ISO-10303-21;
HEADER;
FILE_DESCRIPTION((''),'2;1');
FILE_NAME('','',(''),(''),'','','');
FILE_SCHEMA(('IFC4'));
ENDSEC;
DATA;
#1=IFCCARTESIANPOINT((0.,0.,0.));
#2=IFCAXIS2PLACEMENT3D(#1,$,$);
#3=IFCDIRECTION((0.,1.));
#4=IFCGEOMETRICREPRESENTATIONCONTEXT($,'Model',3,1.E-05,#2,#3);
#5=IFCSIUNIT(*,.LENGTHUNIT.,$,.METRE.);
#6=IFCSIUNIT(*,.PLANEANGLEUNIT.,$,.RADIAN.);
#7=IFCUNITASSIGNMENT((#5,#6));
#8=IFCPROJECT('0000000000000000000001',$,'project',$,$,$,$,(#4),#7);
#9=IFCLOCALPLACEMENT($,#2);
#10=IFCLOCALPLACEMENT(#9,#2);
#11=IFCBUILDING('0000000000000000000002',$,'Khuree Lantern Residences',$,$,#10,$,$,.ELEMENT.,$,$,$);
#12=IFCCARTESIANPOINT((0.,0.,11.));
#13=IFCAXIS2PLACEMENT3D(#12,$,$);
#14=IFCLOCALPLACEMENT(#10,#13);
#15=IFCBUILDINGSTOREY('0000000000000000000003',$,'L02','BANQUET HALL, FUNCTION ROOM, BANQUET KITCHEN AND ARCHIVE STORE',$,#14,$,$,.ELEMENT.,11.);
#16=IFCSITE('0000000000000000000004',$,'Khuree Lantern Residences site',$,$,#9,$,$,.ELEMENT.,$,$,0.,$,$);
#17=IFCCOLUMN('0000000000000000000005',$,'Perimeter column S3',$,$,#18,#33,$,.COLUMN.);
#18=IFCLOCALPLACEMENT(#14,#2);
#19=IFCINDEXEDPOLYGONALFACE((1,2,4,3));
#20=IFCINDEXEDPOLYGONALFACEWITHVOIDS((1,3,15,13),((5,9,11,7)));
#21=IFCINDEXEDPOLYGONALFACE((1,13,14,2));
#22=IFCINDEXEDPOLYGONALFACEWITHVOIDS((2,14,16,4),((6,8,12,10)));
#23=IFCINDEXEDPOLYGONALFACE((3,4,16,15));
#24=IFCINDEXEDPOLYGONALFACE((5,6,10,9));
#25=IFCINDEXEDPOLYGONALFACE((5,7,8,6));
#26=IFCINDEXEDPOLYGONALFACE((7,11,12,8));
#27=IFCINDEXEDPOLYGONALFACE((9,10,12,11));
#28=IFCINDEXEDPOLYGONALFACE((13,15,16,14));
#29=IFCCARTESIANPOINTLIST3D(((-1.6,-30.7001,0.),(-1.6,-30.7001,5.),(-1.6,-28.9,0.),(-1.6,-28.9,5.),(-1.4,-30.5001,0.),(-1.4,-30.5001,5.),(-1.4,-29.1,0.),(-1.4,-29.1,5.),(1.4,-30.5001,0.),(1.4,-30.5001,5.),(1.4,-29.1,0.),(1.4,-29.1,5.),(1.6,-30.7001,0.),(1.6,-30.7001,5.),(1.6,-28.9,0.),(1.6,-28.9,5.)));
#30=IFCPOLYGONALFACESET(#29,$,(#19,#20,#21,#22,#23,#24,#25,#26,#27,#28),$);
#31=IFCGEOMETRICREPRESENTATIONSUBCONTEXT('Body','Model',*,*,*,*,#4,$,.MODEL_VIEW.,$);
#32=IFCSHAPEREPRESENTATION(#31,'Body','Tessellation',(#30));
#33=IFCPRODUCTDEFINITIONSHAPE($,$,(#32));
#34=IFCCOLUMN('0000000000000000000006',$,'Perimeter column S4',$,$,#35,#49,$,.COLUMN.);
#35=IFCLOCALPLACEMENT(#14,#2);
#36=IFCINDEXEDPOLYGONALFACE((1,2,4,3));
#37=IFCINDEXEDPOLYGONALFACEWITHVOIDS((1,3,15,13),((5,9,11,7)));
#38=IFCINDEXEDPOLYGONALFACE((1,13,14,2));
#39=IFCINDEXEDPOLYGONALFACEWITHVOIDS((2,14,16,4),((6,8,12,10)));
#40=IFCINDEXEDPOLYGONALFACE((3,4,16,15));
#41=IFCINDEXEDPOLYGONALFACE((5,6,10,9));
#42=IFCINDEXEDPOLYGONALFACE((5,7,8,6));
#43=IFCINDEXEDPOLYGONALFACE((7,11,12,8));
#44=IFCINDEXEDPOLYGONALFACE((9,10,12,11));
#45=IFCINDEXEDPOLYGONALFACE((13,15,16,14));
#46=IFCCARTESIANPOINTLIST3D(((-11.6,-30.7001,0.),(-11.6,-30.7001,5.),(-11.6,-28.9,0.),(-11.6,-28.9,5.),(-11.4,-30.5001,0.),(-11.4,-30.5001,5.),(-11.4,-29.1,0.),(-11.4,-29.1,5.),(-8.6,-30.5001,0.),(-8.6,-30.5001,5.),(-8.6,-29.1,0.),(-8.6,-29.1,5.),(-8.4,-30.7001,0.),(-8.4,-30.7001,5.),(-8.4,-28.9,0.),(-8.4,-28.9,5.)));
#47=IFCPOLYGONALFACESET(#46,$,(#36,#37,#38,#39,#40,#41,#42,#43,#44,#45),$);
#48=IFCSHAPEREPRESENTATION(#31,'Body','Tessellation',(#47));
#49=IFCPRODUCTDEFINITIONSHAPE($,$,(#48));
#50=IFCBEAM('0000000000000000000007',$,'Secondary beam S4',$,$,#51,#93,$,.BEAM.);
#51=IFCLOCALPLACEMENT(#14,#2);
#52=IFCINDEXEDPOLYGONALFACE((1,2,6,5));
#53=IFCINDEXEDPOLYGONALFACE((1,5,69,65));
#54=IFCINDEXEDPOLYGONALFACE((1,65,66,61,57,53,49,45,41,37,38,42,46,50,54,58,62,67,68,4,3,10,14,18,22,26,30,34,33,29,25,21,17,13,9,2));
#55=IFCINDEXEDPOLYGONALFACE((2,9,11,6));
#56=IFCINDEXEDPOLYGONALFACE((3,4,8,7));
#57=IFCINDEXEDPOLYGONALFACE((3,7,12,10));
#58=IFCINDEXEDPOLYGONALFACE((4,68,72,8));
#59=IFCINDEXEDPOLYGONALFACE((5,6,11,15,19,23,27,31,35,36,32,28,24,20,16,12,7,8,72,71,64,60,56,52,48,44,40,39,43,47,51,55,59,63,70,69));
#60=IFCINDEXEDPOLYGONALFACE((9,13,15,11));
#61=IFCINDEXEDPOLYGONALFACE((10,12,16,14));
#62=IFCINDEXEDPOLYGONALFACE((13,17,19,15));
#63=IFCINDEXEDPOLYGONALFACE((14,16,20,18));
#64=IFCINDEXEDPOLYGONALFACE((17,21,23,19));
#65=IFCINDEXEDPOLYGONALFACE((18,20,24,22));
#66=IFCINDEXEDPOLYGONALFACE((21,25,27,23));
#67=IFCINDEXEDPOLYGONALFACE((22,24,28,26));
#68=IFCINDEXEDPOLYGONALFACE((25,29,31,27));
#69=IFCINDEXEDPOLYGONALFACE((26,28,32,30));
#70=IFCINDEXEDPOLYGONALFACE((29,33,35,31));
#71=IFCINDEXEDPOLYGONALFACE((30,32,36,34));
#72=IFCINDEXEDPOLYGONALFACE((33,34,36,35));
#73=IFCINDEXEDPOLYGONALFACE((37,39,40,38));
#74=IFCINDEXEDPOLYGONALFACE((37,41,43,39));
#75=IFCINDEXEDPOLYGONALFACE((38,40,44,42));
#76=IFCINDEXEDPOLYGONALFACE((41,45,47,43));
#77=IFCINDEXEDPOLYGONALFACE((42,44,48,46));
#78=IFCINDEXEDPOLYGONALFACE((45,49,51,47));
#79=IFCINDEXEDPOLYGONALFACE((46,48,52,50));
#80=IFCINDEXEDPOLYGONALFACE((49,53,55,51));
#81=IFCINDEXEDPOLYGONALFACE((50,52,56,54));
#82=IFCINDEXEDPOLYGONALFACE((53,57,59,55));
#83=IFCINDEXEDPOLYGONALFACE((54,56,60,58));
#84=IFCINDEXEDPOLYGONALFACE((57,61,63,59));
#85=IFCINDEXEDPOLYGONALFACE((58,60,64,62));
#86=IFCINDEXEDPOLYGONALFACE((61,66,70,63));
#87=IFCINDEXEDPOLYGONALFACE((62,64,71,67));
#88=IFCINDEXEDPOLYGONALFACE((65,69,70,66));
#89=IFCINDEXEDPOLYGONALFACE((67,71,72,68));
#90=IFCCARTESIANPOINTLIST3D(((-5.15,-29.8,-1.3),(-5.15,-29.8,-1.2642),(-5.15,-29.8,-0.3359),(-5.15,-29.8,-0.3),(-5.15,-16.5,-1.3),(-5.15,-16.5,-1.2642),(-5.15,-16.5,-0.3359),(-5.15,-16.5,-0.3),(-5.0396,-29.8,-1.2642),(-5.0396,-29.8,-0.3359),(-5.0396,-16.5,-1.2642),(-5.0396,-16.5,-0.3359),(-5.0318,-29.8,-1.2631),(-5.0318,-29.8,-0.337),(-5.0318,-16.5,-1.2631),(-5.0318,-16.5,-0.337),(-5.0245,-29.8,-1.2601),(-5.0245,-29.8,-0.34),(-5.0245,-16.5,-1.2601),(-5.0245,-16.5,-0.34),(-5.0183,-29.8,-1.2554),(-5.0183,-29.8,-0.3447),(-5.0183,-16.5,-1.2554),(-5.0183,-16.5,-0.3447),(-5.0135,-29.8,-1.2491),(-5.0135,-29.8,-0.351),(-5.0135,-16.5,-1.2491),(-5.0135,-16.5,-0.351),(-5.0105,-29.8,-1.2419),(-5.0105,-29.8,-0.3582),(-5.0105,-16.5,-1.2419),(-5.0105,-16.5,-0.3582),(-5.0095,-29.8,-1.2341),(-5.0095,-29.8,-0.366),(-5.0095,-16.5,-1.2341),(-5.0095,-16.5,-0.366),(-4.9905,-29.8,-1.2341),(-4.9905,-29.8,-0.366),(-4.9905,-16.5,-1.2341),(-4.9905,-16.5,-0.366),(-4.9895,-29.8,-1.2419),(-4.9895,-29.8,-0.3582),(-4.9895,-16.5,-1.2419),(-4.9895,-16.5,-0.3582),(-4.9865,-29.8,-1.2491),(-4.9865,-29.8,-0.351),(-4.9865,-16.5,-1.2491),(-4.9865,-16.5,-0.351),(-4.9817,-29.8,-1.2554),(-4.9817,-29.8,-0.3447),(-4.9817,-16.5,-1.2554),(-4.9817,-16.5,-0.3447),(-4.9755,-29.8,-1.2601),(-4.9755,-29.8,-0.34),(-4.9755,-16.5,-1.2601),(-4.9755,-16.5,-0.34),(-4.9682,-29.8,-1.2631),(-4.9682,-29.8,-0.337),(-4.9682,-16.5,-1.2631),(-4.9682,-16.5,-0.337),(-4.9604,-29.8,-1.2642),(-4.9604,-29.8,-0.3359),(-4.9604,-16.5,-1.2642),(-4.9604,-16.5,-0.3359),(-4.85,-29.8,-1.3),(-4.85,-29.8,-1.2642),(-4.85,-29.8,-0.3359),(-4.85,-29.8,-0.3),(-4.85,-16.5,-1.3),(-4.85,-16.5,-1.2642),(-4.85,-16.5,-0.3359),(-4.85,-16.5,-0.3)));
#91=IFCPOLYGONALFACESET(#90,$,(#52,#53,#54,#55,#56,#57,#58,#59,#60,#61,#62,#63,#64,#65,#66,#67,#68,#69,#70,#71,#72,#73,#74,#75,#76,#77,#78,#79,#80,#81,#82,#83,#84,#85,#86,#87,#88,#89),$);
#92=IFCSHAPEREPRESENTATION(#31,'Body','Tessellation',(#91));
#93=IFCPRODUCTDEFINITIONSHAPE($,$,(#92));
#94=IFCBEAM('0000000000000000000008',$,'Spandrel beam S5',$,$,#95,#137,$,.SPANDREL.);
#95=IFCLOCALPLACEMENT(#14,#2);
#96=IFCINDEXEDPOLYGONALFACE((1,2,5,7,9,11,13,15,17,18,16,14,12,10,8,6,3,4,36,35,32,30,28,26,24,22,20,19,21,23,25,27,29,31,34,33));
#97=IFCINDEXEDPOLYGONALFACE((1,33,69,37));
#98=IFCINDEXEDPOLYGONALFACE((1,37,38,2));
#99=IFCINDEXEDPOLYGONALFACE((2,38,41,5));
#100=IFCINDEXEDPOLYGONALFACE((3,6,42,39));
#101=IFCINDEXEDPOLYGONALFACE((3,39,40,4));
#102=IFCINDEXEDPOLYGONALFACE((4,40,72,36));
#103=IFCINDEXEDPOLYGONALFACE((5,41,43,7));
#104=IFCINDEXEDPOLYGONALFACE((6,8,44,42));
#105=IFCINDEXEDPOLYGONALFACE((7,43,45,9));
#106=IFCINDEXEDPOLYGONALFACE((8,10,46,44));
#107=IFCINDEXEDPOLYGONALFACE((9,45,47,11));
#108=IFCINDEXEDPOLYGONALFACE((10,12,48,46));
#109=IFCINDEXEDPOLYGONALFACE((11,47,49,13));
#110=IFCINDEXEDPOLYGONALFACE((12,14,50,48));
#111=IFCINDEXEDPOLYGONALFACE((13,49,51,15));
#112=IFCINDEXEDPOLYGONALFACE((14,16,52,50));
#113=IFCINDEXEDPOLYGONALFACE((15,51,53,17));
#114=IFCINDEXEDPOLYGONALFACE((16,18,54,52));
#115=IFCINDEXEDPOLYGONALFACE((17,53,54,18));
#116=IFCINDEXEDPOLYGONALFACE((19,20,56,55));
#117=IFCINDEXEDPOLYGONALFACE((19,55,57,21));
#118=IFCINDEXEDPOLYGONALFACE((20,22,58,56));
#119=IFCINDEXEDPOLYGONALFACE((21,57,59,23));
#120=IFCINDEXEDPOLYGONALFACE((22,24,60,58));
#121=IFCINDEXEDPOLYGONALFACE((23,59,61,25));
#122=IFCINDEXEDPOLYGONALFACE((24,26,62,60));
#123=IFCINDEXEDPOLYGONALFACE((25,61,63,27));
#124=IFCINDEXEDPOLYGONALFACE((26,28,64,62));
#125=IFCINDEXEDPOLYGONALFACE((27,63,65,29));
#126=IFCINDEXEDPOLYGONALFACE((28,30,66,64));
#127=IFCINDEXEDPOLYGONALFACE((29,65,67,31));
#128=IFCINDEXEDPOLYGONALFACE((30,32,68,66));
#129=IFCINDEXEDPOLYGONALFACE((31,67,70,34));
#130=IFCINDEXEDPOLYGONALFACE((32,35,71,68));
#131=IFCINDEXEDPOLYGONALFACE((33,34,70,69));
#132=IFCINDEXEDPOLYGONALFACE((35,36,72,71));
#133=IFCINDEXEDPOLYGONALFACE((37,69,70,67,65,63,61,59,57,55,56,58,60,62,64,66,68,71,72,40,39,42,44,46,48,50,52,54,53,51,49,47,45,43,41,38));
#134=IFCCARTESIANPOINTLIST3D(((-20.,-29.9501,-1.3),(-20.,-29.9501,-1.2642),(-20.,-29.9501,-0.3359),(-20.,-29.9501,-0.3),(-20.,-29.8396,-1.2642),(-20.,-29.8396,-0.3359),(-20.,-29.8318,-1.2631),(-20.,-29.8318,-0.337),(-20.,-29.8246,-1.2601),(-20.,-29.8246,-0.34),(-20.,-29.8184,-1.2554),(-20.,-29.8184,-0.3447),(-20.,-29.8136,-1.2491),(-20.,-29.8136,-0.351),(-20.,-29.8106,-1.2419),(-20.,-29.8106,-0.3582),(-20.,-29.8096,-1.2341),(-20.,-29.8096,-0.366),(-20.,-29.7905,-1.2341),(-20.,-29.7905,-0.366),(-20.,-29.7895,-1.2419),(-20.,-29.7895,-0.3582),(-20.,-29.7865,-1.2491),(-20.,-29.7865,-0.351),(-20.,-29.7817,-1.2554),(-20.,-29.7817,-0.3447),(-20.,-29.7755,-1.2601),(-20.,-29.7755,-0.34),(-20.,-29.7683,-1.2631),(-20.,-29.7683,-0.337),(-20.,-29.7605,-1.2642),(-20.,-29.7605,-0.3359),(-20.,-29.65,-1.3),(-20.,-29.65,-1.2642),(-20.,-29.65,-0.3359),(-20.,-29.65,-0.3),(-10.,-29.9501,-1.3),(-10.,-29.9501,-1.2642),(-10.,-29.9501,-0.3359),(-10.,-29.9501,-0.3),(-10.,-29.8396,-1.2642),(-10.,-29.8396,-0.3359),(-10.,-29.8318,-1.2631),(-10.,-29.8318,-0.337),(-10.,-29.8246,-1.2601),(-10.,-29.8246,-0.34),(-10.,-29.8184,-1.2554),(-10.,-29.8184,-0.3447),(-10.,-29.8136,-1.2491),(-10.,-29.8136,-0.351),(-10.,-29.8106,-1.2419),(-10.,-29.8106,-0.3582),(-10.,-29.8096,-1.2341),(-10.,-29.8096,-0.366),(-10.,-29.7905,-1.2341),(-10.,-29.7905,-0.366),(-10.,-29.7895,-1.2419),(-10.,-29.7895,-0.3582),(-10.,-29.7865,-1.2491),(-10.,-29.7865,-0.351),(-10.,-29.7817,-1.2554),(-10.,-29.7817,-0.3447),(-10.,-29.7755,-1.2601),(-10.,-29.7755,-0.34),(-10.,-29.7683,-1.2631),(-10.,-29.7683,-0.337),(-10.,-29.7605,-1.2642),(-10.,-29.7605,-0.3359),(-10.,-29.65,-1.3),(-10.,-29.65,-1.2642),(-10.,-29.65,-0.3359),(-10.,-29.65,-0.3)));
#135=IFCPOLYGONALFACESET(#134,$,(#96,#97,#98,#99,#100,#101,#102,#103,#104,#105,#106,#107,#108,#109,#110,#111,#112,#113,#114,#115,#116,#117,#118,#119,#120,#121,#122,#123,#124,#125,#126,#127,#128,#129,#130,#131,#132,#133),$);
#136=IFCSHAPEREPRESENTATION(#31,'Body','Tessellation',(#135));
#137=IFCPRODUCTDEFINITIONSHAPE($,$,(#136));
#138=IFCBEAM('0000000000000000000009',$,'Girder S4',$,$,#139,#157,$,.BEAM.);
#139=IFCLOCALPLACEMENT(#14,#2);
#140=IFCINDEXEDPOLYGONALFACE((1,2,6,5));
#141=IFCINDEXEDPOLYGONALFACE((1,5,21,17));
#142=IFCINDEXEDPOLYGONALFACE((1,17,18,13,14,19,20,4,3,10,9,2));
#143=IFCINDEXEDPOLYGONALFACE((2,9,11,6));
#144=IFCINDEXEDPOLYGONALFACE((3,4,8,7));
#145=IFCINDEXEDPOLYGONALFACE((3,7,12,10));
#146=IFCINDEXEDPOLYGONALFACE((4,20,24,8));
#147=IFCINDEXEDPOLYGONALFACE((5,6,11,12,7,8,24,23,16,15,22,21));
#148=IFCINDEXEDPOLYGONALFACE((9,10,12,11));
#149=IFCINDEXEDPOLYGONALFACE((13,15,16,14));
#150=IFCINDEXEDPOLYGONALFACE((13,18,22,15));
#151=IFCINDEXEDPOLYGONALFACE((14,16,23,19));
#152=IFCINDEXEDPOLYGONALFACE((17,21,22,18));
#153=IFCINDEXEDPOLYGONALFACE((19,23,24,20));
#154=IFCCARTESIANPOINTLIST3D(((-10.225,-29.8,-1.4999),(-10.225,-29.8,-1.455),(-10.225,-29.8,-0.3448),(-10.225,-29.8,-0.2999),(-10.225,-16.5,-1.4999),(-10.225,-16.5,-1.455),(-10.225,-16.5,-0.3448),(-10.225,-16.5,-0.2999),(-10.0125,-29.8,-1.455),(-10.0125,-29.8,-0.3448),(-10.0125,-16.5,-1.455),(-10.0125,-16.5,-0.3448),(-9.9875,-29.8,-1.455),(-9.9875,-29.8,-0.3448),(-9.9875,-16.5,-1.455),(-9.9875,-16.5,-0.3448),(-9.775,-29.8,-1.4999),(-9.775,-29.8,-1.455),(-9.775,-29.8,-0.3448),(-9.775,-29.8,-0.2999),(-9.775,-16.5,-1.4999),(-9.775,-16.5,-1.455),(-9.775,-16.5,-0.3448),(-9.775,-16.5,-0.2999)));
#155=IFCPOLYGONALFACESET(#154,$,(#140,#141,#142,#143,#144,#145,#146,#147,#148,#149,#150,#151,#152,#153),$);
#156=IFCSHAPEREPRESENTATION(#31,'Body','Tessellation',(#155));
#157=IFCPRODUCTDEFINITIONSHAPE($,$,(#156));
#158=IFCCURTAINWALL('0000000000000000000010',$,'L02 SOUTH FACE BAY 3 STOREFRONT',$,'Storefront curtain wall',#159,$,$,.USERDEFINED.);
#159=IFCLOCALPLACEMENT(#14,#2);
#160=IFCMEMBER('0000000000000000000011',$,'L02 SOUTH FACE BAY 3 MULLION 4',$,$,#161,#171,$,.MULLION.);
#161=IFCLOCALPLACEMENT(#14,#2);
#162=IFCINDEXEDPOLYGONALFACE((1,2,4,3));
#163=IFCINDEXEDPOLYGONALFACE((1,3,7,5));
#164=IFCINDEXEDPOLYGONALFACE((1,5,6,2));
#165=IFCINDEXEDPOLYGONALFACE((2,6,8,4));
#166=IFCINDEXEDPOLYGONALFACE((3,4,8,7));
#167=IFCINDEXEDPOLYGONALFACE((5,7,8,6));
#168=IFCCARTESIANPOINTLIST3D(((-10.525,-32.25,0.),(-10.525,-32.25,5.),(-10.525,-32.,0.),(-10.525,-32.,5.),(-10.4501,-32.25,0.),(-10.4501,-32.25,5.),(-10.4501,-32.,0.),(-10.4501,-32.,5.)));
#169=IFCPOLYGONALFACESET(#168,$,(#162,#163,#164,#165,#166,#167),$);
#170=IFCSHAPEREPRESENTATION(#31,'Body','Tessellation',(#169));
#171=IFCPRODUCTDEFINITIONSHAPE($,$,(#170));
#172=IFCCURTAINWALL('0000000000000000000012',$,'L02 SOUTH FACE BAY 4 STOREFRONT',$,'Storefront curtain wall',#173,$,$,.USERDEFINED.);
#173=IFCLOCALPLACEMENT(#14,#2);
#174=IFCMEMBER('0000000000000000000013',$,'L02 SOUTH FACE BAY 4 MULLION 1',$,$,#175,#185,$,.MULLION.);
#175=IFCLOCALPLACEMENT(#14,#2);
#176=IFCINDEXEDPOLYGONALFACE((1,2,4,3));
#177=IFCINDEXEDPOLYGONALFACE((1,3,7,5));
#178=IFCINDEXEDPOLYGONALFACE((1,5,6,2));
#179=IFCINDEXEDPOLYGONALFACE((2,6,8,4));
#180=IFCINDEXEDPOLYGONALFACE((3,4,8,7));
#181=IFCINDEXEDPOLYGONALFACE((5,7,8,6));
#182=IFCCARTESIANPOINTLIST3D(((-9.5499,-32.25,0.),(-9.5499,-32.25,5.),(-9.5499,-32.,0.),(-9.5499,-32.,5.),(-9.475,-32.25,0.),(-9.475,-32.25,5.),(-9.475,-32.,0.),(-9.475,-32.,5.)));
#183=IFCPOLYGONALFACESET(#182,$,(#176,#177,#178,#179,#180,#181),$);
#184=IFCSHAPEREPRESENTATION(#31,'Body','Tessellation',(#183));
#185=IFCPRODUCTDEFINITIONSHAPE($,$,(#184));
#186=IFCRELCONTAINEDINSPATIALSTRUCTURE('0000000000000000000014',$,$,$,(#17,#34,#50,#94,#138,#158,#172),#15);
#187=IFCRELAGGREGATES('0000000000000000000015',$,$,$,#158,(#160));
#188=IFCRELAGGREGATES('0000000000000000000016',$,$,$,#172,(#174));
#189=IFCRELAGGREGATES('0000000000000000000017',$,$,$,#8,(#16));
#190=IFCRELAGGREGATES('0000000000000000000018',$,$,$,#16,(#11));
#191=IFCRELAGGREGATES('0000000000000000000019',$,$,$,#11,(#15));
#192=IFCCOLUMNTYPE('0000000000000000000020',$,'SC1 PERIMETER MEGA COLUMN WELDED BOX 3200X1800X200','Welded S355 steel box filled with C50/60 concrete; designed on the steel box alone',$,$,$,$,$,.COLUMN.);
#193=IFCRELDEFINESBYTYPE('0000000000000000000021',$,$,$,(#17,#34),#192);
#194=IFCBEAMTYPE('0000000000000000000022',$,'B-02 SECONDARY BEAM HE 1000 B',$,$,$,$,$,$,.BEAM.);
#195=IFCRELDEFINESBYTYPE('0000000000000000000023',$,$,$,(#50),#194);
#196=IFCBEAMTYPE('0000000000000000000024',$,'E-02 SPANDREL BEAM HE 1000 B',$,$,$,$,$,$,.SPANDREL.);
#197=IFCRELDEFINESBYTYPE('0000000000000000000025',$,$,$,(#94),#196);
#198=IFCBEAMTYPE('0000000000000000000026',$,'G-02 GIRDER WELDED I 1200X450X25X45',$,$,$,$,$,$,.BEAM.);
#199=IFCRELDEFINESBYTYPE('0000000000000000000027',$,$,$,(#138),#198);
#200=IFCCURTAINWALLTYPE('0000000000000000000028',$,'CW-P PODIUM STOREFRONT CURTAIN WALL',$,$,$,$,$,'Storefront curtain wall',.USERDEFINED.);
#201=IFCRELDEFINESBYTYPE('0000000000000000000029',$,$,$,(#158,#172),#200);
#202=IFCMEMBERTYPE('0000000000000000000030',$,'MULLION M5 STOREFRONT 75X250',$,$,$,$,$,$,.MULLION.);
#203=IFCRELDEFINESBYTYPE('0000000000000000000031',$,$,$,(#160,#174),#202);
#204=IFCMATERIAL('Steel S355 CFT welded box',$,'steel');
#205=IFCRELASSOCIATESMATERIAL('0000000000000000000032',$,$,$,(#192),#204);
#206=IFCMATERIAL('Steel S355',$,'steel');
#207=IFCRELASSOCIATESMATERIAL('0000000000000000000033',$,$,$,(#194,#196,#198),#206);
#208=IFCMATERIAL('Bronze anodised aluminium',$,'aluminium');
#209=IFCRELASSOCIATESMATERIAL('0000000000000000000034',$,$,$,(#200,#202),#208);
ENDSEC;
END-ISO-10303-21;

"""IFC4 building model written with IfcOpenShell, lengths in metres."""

from ifc_helpers import new_model, si_unit, direction, frame, origin, origin_2d, place, context, subcontext, project, spatial, rectangle, hollow_rectangle, i_section, extrude, material, material_profile, profile_set, type_object, element, aggregate, save


model = new_model("IFC4")

# Units and contexts
model_context = context("Model", 3, precision=1e-05, world=origin(), true_north=direction((0.0, 1.0)))
body_context = subcontext(model_context, "Body", "Model", "MODEL_VIEW")
ifc_project = project(units=[si_unit("LENGTHUNIT", "METRE"), si_unit("PLANEANGLEUNIT", "RADIAN")], contexts=[model_context])

# Site, building, storey
site_placement = place(None, origin())
site = spatial("IfcSite", under=ifc_project, at=site_placement, Name="Khuree Lantern Residences site", CompositionType="ELEMENT", RefElevation=0.0)
building_placement = place(site_placement, origin())
building = spatial("IfcBuilding", under=site, at=building_placement, Name="Khuree Lantern Residences", CompositionType="ELEMENT")
storey_placement = place(building_placement, frame((0.0, 0.0, 11.0)))
storey = spatial("IfcBuildingStorey", under=building, at=storey_placement, Name="L02", Description="BANQUET HALL, FUNCTION ROOM, BANQUET KITCHEN AND ARCHIVE STORE", CompositionType="ELEMENT", Elevation=11.0)

# Columns
ifc_material_1 = material(Name="Steel S355 CFT welded box", Category="steel")
ifc_material_profile_1 = material_profile(ifc_material_1, hollow_rectangle(XDim=3.2, YDim=1.8, WallThickness=0.2, at=origin_2d()), Name="WELDED BOX 3200X1800X200")
ifc_profile_set_1 = profile_set([ifc_material_profile_1], Name="Steel S355 CFT welded box")
column_type = type_object("IfcColumnType", Name="SC1 PERIMETER MEGA COLUMN WELDED BOX 3200X1800X200", Description="Welded S355 steel box filled with C50/60 concrete; designed on the steel box alone", PredefinedType="COLUMN", material=ifc_profile_set_1)
for number, where, z_axis, x_axis, name in (
    (1, (0.0, -29.8, 0.0), (0.0, 0.0, 1.0), (1.0, 0.0, 0.0), "Perimeter column S3"),
    (2, (-10.0, -29.8, 0.0), (0.0, 0.0, 1.0), (1.0, 0.0, 0.0), "Perimeter column S4"),
):
    element("IfcColumn", number, at=place(storey_placement, frame(where, z_axis=z_axis, x_axis=x_axis)), inside=storey, type_object=column_type, Name=name, PredefinedType="COLUMN", context=body_context, shape_type="SweptSolid", body=[
        extrude(hollow_rectangle(XDim=3.2, YDim=1.8, WallThickness=0.2, at=origin_2d()), origin(), (0.0, 0.0, 1.0), 5.0),
    ])

# Beams
ifc_material_2 = material(Name="Steel S355", Category="steel")
ifc_material_profile_2 = material_profile(ifc_material_2, i_section(OverallWidth=0.3, OverallDepth=1.0, WebThickness=0.019, FlangeThickness=0.0359, FilletRadius=0.03, at=origin_2d()), Name="HE 1000 B")
ifc_profile_set_2 = profile_set([ifc_material_profile_2], Name="Steel S355")
beam_type_1 = type_object("IfcBeamType", Name="B-02 SECONDARY BEAM HE 1000 B", PredefinedType="BEAM", material=ifc_profile_set_2)
beam_1_placement = place(storey_placement, frame((-5.0, -29.8, -0.8), z_axis=(0.0, 1.0, 0.0), x_axis=(-1.0, 0.0, 0.0)))
element("IfcBeam", 3, at=beam_1_placement, inside=storey, type_object=beam_type_1, Name="Secondary beam S4", PredefinedType="BEAM", context=body_context, shape_type="SweptSolid", body=[
    extrude(i_section(OverallWidth=0.3, OverallDepth=1.0, WebThickness=0.019, FlangeThickness=0.0359, FilletRadius=0.03, at=origin_2d()), origin(), (0.0, 0.0, 1.0), 13.3),
])
ifc_material_profile_3 = material_profile(ifc_material_2, i_section(OverallWidth=0.3, OverallDepth=1.0, WebThickness=0.019, FlangeThickness=0.0359, FilletRadius=0.03, at=origin_2d()), Name="HE 1000 B")
ifc_profile_set_3 = profile_set([ifc_material_profile_3], Name="Steel S355")
beam_type_2 = type_object("IfcBeamType", Name="E-02 SPANDREL BEAM HE 1000 B", PredefinedType="SPANDREL", material=ifc_profile_set_3)
beam_2_placement = place(storey_placement, frame((-10.0, -29.8, -0.8), z_axis=(-1.0, 0.0, 0.0), x_axis=(0.0, -1.0, 0.0)))
element("IfcBeam", 4, at=beam_2_placement, inside=storey, type_object=beam_type_2, Name="Spandrel beam S5", PredefinedType="SPANDREL", context=body_context, shape_type="SweptSolid", body=[
    extrude(i_section(OverallWidth=0.3, OverallDepth=1.0, WebThickness=0.019, FlangeThickness=0.0359, FilletRadius=0.03, at=origin_2d()), origin(), (0.0, 0.0, 1.0), 10.0),
])
ifc_material_profile_4 = material_profile(ifc_material_2, i_section(OverallWidth=0.45, OverallDepth=1.2, WebThickness=0.0249, FlangeThickness=0.0449, at=origin_2d()), Name="WELDED I 1200X450X25X45")
ifc_profile_set_4 = profile_set([ifc_material_profile_4], Name="Steel S355")
beam_type_3 = type_object("IfcBeamType", Name="G-02 GIRDER WELDED I 1200X450X25X45", PredefinedType="BEAM", material=ifc_profile_set_4)
beam_3_placement = place(storey_placement, frame((-10.0, -29.8, -0.8999), z_axis=(0.0, 1.0, 0.0), x_axis=(-1.0, 0.0, 0.0)))
element("IfcBeam", 5, at=beam_3_placement, inside=storey, type_object=beam_type_3, Name="Girder S4", PredefinedType="BEAM", context=body_context, shape_type="SweptSolid", body=[
    extrude(i_section(OverallWidth=0.45, OverallDepth=1.2, WebThickness=0.0249, FlangeThickness=0.0449, at=origin_2d()), origin(), (0.0, 0.0, 1.0), 13.3),
])

# Curtain wall, member
ifc_material_3 = material(Name="Bronze anodised aluminium", Category="aluminium")
curtain_wall_type = type_object("IfcCurtainWallType", Name="CW-P PODIUM STOREFRONT CURTAIN WALL", ElementType="Storefront curtain wall", PredefinedType="USERDEFINED", material=ifc_material_3)
curtain_wall_1_placement = place(storey_placement, origin())
curtain_wall_1 = element("IfcCurtainWall", 6, at=curtain_wall_1_placement, inside=storey, type_object=curtain_wall_type, Name="L02 SOUTH FACE BAY 3 STOREFRONT", ObjectType="Storefront curtain wall", PredefinedType="USERDEFINED")
ifc_material_profile_5 = material_profile(ifc_material_3, rectangle(XDim=0.075, YDim=0.25, at=origin_2d()), Name="M5 75X250")
ifc_profile_set_5 = profile_set([ifc_material_profile_5], Name="Bronze anodised aluminium")
member_type_1 = type_object("IfcMemberType", Name="MULLION M5 STOREFRONT 75X250", PredefinedType="MULLION", material=ifc_profile_set_5)
member_1_placement = place(storey_placement, frame((-10.4875, -32.125, 0.0), z_axis=(0.0, 0.0, 1.0), x_axis=(1.0, 0.0, 0.0)))
member_1 = element("IfcMember", 7, at=member_1_placement, type_object=member_type_1, Name="L02 SOUTH FACE BAY 3 MULLION 4", PredefinedType="MULLION", context=body_context, shape_type="SweptSolid", body=[
    extrude(rectangle(XDim=0.075, YDim=0.25, at=origin_2d()), origin(), (0.0, 0.0, 1.0), 5.0),
])

# Curtain wall, member
curtain_wall_2_placement = place(storey_placement, origin())
curtain_wall_2 = element("IfcCurtainWall", 8, at=curtain_wall_2_placement, inside=storey, type_object=curtain_wall_type, Name="L02 SOUTH FACE BAY 4 STOREFRONT", ObjectType="Storefront curtain wall", PredefinedType="USERDEFINED")
member_2_placement = place(storey_placement, frame((-9.5125, -32.125, 0.0), z_axis=(0.0, 0.0, 1.0), x_axis=(1.0, 0.0, 0.0)))
member_2 = element("IfcMember", 9, at=member_2_placement, type_object=member_type_1, Name="L02 SOUTH FACE BAY 4 MULLION 1", PredefinedType="MULLION", context=body_context, shape_type="SweptSolid", body=[
    extrude(rectangle(XDim=0.075, YDim=0.25, at=origin_2d()), origin(), (0.0, 0.0, 1.0), 5.0),
])

aggregate(curtain_wall_1, [member_1])
aggregate(curtain_wall_2, [member_2])

save(model, "model.ifc")
